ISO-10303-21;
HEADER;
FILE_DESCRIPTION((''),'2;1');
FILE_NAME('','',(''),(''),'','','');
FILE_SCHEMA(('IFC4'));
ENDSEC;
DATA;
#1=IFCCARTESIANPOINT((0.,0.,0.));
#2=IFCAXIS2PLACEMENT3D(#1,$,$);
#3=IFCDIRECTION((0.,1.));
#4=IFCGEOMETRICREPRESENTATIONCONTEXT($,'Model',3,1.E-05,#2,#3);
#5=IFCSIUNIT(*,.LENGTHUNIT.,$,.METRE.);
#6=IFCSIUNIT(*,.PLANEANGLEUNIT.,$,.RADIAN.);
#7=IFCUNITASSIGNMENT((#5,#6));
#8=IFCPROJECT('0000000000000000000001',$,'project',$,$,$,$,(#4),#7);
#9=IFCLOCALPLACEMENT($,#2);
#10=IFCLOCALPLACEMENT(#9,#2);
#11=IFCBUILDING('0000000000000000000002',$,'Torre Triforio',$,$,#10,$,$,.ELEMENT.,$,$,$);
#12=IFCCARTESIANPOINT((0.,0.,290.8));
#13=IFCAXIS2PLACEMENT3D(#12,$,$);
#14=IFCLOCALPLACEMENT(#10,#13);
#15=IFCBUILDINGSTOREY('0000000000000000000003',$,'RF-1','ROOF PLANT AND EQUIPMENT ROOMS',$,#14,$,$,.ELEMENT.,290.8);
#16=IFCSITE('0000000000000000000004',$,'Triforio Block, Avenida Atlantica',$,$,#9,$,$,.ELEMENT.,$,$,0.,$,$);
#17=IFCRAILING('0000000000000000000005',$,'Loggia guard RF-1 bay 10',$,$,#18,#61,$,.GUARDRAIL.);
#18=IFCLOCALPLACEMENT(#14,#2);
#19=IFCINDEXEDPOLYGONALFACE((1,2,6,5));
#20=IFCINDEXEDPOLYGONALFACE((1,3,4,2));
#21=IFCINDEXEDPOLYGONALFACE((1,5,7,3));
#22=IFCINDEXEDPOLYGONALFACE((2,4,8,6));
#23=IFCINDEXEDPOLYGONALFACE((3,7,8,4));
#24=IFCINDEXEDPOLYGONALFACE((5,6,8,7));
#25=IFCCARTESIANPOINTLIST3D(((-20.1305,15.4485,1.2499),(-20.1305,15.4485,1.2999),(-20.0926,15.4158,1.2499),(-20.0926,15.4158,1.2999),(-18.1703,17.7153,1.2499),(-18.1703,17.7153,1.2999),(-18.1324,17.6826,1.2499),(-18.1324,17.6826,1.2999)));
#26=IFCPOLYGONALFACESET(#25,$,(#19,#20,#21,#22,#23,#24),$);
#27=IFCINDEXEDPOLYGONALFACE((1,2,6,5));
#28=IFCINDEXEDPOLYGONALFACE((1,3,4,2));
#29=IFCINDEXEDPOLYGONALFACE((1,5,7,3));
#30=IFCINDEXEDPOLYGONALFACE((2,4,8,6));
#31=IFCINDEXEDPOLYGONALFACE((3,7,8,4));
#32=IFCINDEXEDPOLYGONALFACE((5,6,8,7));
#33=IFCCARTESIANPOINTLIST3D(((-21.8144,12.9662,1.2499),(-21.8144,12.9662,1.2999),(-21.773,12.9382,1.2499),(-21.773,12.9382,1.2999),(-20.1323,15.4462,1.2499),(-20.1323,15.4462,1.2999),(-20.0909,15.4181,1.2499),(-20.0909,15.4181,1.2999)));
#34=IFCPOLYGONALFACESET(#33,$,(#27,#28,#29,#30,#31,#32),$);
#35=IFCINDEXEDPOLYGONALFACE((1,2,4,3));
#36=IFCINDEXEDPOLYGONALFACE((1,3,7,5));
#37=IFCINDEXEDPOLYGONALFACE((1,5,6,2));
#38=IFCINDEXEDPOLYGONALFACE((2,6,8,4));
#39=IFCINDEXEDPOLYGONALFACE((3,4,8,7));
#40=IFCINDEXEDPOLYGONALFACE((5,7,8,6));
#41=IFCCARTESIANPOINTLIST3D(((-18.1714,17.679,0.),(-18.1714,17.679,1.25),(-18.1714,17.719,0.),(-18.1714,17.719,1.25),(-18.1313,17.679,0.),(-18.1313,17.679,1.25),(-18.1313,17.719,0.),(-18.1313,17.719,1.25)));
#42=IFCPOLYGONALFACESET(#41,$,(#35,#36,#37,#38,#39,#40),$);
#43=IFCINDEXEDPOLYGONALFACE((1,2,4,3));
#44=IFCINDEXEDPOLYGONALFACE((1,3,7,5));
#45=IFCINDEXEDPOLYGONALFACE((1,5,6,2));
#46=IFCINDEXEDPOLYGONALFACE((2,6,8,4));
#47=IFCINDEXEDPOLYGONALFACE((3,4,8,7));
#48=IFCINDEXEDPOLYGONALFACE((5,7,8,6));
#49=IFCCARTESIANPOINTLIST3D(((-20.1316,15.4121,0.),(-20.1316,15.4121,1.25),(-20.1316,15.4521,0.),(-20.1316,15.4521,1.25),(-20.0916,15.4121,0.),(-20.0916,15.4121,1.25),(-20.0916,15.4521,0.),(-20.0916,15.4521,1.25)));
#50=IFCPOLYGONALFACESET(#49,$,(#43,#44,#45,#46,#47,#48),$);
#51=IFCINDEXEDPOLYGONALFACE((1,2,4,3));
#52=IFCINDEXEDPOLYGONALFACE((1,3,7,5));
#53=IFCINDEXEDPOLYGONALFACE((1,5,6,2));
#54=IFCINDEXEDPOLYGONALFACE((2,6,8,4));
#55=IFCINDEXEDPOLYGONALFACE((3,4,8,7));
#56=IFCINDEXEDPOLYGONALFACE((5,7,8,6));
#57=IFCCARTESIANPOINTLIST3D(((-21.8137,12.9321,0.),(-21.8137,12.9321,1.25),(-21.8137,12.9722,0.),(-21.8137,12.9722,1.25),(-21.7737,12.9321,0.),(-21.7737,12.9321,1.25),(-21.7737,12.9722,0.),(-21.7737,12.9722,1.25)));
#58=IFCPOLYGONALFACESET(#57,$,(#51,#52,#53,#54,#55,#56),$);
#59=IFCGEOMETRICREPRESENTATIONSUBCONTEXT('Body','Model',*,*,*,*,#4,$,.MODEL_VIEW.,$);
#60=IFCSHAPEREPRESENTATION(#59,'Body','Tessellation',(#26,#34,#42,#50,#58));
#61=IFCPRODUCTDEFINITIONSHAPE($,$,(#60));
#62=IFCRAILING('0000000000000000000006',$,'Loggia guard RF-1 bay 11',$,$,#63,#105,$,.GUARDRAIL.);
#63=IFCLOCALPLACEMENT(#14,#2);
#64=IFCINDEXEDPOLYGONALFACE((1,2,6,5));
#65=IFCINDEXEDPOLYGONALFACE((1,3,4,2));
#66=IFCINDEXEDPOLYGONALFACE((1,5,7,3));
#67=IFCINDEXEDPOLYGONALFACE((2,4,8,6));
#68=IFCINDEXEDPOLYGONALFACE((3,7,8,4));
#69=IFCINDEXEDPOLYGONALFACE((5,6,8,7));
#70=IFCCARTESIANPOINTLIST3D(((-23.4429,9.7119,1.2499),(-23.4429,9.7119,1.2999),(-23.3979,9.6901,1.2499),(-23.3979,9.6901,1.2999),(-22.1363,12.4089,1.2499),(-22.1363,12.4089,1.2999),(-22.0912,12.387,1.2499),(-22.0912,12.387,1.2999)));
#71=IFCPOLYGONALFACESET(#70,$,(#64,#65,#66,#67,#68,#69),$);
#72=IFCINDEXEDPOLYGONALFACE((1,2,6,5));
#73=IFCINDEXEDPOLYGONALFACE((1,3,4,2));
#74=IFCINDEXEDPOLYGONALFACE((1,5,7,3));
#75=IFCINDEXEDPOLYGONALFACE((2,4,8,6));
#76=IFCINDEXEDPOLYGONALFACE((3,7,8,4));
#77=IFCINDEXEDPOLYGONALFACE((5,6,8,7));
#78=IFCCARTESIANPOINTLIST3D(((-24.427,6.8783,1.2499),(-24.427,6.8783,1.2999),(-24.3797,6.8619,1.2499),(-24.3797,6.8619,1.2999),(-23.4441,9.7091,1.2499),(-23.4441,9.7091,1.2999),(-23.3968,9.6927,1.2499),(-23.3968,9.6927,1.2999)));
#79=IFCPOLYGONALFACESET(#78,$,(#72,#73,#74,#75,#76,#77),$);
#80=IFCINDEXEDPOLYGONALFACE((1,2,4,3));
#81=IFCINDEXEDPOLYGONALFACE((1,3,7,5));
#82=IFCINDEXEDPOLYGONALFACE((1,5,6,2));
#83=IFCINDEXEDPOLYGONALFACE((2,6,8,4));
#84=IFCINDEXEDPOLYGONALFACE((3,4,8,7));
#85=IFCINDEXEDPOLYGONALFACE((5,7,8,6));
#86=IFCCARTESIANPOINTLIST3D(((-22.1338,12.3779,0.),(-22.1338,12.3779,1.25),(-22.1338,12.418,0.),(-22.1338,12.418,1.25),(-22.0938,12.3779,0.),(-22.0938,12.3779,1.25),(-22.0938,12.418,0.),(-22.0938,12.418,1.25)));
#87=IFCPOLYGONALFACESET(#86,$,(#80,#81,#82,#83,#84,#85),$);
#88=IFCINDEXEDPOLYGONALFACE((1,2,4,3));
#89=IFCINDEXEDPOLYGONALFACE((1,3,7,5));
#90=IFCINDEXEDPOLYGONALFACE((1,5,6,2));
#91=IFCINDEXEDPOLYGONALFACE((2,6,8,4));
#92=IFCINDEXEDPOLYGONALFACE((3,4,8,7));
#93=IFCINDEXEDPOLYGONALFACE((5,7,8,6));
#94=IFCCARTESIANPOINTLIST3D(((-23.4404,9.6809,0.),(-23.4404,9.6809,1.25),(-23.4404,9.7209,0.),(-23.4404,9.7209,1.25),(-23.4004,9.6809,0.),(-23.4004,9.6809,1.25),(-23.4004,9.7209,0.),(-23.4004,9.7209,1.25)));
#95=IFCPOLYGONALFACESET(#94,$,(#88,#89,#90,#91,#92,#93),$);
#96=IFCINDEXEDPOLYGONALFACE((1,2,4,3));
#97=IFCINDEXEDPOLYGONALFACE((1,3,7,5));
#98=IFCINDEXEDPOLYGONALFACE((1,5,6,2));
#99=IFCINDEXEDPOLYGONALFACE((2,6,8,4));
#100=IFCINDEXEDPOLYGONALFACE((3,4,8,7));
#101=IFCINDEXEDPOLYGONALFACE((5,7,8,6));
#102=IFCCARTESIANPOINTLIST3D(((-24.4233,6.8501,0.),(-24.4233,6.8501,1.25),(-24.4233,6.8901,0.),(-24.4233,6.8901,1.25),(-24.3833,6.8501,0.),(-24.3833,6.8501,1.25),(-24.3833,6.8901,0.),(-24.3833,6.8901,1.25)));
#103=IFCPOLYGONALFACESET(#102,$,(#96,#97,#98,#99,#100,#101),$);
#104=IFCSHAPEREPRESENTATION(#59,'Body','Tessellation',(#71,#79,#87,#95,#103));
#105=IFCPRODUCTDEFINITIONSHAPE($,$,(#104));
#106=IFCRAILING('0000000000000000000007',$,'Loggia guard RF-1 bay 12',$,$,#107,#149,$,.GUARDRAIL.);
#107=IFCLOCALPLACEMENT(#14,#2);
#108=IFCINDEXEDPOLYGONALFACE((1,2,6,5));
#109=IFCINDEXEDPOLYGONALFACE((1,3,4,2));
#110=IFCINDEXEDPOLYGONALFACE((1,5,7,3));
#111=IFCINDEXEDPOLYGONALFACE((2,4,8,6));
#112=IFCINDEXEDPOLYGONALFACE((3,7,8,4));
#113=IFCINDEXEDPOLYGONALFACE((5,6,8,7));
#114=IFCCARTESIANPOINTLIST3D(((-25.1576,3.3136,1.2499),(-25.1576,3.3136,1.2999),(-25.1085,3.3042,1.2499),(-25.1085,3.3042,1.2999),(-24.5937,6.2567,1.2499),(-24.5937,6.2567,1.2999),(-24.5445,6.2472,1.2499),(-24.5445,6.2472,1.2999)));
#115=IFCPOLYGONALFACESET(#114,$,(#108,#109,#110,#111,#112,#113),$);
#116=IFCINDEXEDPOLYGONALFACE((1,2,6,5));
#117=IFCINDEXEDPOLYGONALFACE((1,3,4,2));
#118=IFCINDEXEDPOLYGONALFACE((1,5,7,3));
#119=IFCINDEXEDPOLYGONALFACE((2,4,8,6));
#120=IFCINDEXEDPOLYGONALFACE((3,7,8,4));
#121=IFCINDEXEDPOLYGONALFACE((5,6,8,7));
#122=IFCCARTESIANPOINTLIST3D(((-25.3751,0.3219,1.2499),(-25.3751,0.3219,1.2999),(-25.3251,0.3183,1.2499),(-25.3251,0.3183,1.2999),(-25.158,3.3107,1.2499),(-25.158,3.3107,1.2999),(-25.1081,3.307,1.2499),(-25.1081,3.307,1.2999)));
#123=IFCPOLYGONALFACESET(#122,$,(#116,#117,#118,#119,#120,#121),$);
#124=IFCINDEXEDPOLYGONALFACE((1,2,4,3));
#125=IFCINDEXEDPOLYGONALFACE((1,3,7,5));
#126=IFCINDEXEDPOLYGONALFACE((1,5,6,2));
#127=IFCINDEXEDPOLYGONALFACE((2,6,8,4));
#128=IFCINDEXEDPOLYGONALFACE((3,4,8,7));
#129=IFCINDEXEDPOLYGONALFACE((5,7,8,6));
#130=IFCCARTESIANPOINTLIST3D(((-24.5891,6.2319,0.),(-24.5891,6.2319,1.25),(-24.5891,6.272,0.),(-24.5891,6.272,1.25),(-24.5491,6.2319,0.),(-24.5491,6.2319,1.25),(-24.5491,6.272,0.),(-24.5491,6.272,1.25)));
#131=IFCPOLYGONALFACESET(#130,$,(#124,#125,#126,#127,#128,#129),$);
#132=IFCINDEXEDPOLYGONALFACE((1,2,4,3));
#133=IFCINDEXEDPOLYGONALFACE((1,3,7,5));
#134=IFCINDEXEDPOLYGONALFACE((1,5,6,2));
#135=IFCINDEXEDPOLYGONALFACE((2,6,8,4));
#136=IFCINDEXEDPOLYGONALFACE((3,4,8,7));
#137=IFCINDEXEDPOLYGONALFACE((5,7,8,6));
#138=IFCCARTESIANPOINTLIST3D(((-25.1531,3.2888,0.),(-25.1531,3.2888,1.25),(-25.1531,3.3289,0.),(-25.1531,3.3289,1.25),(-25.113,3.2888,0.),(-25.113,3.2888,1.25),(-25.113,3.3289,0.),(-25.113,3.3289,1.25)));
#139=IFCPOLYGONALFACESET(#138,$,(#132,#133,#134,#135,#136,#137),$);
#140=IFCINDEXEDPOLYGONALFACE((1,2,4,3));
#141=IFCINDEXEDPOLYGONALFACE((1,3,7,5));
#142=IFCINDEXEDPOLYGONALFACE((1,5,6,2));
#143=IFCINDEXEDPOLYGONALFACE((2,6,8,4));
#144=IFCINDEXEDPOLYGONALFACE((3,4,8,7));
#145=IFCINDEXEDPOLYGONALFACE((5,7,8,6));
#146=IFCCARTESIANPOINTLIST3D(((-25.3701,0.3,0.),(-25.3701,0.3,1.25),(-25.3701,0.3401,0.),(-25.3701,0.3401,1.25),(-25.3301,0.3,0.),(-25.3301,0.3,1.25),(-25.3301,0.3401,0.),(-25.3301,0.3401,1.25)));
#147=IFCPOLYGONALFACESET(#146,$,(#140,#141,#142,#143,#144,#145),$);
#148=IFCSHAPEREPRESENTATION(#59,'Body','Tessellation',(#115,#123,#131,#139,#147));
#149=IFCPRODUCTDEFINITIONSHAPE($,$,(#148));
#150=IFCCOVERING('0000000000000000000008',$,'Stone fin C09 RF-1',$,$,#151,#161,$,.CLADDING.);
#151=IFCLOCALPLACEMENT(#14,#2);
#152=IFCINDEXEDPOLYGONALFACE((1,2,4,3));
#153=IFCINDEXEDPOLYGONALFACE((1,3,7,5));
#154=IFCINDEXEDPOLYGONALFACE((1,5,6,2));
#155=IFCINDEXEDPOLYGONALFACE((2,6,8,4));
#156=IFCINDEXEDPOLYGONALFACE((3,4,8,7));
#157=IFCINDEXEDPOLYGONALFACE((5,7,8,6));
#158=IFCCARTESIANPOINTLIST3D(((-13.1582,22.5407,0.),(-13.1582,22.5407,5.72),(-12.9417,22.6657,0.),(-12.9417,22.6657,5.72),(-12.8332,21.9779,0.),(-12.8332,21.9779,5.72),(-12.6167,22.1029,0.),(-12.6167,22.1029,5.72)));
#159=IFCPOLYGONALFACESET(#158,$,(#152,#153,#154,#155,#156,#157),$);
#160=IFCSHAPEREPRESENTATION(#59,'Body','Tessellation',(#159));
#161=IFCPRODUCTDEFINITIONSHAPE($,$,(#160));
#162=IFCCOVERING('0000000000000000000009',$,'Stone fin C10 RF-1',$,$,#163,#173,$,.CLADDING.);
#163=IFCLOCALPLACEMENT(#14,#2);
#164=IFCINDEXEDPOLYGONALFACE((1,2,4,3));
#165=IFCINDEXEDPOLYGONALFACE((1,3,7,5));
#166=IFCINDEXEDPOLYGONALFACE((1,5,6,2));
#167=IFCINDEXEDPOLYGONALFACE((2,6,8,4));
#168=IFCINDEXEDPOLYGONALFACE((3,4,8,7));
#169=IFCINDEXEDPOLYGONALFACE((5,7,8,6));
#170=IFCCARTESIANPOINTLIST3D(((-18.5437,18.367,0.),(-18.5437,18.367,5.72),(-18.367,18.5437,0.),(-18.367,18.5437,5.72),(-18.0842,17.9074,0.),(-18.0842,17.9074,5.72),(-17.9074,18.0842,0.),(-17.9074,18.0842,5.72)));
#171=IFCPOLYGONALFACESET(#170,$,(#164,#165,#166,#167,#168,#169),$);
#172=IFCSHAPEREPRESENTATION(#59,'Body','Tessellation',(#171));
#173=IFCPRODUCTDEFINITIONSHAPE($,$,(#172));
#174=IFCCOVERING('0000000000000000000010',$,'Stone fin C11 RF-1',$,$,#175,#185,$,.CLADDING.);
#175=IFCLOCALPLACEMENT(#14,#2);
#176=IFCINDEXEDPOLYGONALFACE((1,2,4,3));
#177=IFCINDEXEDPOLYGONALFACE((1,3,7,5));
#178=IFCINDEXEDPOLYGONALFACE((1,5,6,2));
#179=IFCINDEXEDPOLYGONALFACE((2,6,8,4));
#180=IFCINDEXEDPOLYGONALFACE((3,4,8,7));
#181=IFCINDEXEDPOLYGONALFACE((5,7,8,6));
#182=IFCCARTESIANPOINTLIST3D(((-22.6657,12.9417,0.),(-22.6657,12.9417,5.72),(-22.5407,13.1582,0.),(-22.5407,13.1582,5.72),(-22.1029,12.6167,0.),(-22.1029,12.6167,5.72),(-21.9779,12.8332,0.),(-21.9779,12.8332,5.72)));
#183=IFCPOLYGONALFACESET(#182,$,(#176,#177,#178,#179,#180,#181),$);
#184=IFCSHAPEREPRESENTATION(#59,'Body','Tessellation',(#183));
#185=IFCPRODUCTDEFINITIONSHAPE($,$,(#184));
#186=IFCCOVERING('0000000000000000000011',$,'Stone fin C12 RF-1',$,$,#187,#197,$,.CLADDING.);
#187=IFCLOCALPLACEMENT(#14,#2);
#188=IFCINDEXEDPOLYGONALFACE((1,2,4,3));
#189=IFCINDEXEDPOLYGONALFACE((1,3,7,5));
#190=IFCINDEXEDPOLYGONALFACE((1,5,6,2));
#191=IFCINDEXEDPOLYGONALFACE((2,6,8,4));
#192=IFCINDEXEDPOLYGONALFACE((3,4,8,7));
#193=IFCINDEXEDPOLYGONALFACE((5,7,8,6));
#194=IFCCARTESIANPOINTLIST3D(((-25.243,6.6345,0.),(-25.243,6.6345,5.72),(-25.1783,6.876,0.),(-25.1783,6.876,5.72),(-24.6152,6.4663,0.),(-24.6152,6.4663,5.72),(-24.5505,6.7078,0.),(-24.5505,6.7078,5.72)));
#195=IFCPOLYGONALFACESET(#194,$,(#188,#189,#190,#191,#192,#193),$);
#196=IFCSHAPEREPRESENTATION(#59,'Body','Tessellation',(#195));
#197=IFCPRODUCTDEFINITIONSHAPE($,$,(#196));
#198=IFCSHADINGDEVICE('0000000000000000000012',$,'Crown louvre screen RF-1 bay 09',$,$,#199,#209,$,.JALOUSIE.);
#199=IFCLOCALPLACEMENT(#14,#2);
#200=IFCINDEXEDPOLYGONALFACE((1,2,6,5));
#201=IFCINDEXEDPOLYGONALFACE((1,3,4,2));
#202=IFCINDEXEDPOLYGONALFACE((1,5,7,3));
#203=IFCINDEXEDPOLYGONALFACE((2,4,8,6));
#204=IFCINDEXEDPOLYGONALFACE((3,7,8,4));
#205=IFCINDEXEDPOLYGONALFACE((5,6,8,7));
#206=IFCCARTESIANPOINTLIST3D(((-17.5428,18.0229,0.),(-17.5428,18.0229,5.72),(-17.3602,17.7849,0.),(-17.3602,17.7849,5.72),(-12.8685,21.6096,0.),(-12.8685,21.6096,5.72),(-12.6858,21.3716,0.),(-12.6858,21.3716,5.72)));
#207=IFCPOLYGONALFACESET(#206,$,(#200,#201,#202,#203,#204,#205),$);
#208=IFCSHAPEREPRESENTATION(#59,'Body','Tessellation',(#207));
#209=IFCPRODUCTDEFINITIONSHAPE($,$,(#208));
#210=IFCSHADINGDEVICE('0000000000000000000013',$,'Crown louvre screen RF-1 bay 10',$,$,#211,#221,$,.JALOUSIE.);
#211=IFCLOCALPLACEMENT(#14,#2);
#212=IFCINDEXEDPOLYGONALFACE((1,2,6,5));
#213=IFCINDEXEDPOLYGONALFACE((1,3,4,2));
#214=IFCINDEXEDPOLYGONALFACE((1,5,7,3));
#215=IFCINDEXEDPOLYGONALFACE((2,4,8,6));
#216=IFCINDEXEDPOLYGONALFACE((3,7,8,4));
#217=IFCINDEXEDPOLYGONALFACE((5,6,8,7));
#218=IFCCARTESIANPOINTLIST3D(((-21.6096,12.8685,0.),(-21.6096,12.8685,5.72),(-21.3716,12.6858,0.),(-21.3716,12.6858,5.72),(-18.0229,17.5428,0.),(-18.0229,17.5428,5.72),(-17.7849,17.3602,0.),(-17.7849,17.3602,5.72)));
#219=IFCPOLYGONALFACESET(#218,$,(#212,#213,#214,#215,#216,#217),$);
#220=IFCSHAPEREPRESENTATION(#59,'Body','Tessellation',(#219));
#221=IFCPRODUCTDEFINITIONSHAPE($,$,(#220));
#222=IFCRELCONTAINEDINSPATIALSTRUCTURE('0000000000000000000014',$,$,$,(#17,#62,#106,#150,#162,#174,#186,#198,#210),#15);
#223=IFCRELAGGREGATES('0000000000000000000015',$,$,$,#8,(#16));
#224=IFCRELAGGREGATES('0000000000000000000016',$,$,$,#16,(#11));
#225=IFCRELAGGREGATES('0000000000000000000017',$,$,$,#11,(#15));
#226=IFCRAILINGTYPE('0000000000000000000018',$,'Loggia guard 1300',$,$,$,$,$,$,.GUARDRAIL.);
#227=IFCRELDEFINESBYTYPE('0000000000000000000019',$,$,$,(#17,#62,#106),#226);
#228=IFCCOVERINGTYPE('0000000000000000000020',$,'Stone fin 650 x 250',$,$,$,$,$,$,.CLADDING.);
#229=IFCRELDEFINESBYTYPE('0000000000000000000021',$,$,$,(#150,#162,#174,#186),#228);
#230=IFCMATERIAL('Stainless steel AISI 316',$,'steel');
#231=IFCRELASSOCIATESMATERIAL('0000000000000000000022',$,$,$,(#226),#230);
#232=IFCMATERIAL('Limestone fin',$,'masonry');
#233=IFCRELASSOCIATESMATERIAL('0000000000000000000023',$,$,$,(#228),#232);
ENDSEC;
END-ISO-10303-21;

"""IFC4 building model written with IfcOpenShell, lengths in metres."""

from ifc_helpers import new_model, si_unit, direction, frame, origin, origin_2d, place, context, subcontext, project, spatial, polyline, rectangle, outline, extrude, material, material_profile, profile_set, type_object, element, save


model = new_model("IFC4")

# Units and contexts
model_context = context("Model", 3, precision=1e-05, world=origin(), true_north=direction((0.0, 1.0)))
body_context = subcontext(model_context, "Body", "Model", "MODEL_VIEW")
ifc_project = project(units=[si_unit("LENGTHUNIT", "METRE"), si_unit("PLANEANGLEUNIT", "RADIAN")], contexts=[model_context])

# Site, building, storey
site_placement = place(None, origin())
site = spatial("IfcSite", under=ifc_project, at=site_placement, Name="Triforio Block, Avenida Atlantica", CompositionType="ELEMENT", RefElevation=0.0)
building_placement = place(site_placement, origin())
building = spatial("IfcBuilding", under=site, at=building_placement, Name="Torre Triforio", CompositionType="ELEMENT")
storey_placement = place(building_placement, frame((0.0, 0.0, 290.8)))
storey = spatial("IfcBuildingStorey", under=building, at=storey_placement, Name="RF-1", Description="ROOF PLANT AND EQUIPMENT ROOMS", CompositionType="ELEMENT", Elevation=290.8)

# Railings
ifc_material_1 = material(Name="Stainless steel AISI 316", Category="steel")
railing_type = type_object("IfcRailingType", Name="Loggia guard 1300", PredefinedType="GUARDRAIL", material=ifc_material_1)
railing_1_placement = place(storey_placement, frame((-18.1514, 17.699, 0.0)))
element("IfcRailing", 1, at=railing_1_placement, inside=storey, type_object=railing_type, Name="Loggia guard RF-1 bay 10", PredefinedType="GUARDRAIL", context=body_context, shape_type="SweptSolid", body=[
    extrude(rectangle(XDim=0.05, YDim=0.05, at=origin_2d()), frame((0.0, 0.0, 1.2749), z_axis=(-0.654093, -0.756414, 0.0), x_axis=(0.756414, -0.654093, 0.0)), (0.0, 0.0, 1.0), 2.9968),
    extrude(rectangle(XDim=0.05, YDim=0.05, at=origin_2d()), frame((-1.9602, -2.2668, 1.2749), z_axis=(-0.561338, -0.827587, 0.0), x_axis=(0.827587, -0.561338, 0.0)), (0.0, 0.0, 1.0), 2.9966),
    extrude(rectangle(XDim=0.04, YDim=0.04, at=origin_2d()), origin(), (0.0, 0.0, 1.0), 1.25),
    extrude(rectangle(XDim=0.04, YDim=0.04, at=origin_2d()), frame((-1.9602, -2.2668, 0.0)), (0.0, 0.0, 1.0), 1.25),
    extrude(rectangle(XDim=0.04, YDim=0.04, at=origin_2d()), frame((-3.6423, -4.7468, 0.0)), (0.0, 0.0, 1.0), 1.25),
])
railing_2_placement = place(storey_placement, frame((-22.1138, 12.3979, 0.0)))
element("IfcRailing", 2, at=railing_2_placement, inside=storey, type_object=railing_type, Name="Loggia guard RF-1 bay 11", PredefinedType="GUARDRAIL", context=body_context, shape_type="SweptSolid", body=[
    extrude(rectangle(XDim=0.05, YDim=0.05, at=origin_2d()), frame((0.0, 0.0, 1.2749), z_axis=(-0.436002, -0.899946, 0.0), x_axis=(0.899946, -0.436002, 0.0)), (0.0, 0.0, 1.0), 2.9968),
    extrude(rectangle(XDim=0.05, YDim=0.05, at=origin_2d()), frame((-1.3066, -2.697, 1.2749), z_axis=(-0.328009, -0.944675, 0.0), x_axis=(0.944675, -0.328009, 0.0)), (0.0, 0.0, 1.0), 2.9966),
    extrude(rectangle(XDim=0.04, YDim=0.04, at=origin_2d()), origin(), (0.0, 0.0, 1.0), 1.25),
    extrude(rectangle(XDim=0.04, YDim=0.04, at=origin_2d()), frame((-1.3066, -2.697, 0.0)), (0.0, 0.0, 1.0), 1.25),
    extrude(rectangle(XDim=0.04, YDim=0.04, at=origin_2d()), frame((-2.2896, -5.5278, 0.0)), (0.0, 0.0, 1.0), 1.25),
])
railing_3_placement = place(storey_placement, frame((-24.5691, 6.252, 0.0)))
element("IfcRailing", 3, at=railing_3_placement, inside=storey, type_object=railing_type, Name="Loggia guard RF-1 bay 12", PredefinedType="GUARDRAIL", context=body_context, shape_type="SweptSolid", body=[
    extrude(rectangle(XDim=0.05, YDim=0.05, at=origin_2d()), frame((0.0, 0.0, 1.2749), z_axis=(-0.188198, -0.982131, 0.0), x_axis=(0.982131, -0.188198, 0.0)), (0.0, 0.0, 1.0), 2.9966),
    extrude(rectangle(XDim=0.05, YDim=0.05, at=origin_2d()), frame((-0.564, -2.9431, 1.2749), z_axis=(-0.072428, -0.997374, 0.0), x_axis=(0.997374, -0.072428, 0.0)), (0.0, 0.0, 1.0), 2.9966),
    extrude(rectangle(XDim=0.04, YDim=0.04, at=origin_2d()), origin(), (0.0, 0.0, 1.0), 1.25),
    extrude(rectangle(XDim=0.04, YDim=0.04, at=origin_2d()), frame((-0.564, -2.9431, 0.0)), (0.0, 0.0, 1.0), 1.25),
    extrude(rectangle(XDim=0.04, YDim=0.04, at=origin_2d()), frame((-0.781, -5.9319, 0.0)), (0.0, 0.0, 1.0), 1.25),
])

# Coverings
ifc_material_2 = material(Name="Limestone fin", Category="masonry")
ifc_material_profile_1 = material_profile(ifc_material_2, rectangle(XDim=0.6499, YDim=0.25, at=origin_2d()), Name="FIN 650x250")
ifc_profile_set_1 = profile_set([ifc_material_profile_1], Name="Limestone fin")
covering_type = type_object("IfcCoveringType", Name="Stone fin 650 x 250", PredefinedType="CLADDING", material=ifc_profile_set_1)
for number, where, z_axis, x_axis, name in (
    (4, (-12.8875, 22.3218, 0.0), (0.0, 0.0, 1.0), (-0.5, 0.866025, 0.0), "Stone fin C09 RF-1"),
    (5, (-18.2256, 18.2256, 0.0), (0.0, 0.0, 1.0), (-0.707107, 0.707107, 0.0), "Stone fin C10 RF-1"),
    (6, (-22.3218, 12.8875, 0.0), (0.0, 0.0, 1.0), (-0.866025, 0.5, 0.0), "Stone fin C11 RF-1"),
    (7, (-24.8967, 6.6711, 0.0), (0.0, 0.0, 1.0), (-0.965926, 0.258819, 0.0), "Stone fin C12 RF-1"),
):
    element("IfcCovering", number, at=place(storey_placement, frame(where, z_axis=z_axis, x_axis=x_axis)), inside=storey, type_object=covering_type, Name=name, PredefinedType="CLADDING", context=body_context, shape_type="SweptSolid", body=[
        extrude(rectangle(XDim=0.6499, YDim=0.25, at=origin_2d()), origin(), (0.0, 0.0, 1.0), 5.72),
    ])

# Shading devices
for number, where, z_axis, x_axis, name in (
    (8, (-12.7771, 21.4905, 0.0), (0.0, 0.0, 1.0), (-0.793358, -0.608755, 0.0), "Crown louvre screen RF-1 bay 09"),
    (9, (-17.9038, 17.4514, 0.0), (0.0, 0.0, 1.0), (-0.608755, -0.793358, 0.0), "Crown louvre screen RF-1 bay 10"),
):
    element("IfcShadingDevice", number, at=place(storey_placement, frame(where, z_axis=z_axis, x_axis=x_axis)), inside=storey, Name=name, PredefinedType="JALOUSIE", context=body_context, shape_type="SweptSolid", body=[
        extrude(outline(polyline([(0.0, 0.0), (5.8918, 0.0), (5.8918, 5.72), (0.0, 5.72), (0.0, 0.0)])), frame((0.0, 0.1499, 0.0), z_axis=(0.0, -1.0, 0.0), x_axis=(1.0, 0.0, 0.0)), (0.0, 0.0, 1.0), 0.3),
    ])

save(model, "model.ifc")
